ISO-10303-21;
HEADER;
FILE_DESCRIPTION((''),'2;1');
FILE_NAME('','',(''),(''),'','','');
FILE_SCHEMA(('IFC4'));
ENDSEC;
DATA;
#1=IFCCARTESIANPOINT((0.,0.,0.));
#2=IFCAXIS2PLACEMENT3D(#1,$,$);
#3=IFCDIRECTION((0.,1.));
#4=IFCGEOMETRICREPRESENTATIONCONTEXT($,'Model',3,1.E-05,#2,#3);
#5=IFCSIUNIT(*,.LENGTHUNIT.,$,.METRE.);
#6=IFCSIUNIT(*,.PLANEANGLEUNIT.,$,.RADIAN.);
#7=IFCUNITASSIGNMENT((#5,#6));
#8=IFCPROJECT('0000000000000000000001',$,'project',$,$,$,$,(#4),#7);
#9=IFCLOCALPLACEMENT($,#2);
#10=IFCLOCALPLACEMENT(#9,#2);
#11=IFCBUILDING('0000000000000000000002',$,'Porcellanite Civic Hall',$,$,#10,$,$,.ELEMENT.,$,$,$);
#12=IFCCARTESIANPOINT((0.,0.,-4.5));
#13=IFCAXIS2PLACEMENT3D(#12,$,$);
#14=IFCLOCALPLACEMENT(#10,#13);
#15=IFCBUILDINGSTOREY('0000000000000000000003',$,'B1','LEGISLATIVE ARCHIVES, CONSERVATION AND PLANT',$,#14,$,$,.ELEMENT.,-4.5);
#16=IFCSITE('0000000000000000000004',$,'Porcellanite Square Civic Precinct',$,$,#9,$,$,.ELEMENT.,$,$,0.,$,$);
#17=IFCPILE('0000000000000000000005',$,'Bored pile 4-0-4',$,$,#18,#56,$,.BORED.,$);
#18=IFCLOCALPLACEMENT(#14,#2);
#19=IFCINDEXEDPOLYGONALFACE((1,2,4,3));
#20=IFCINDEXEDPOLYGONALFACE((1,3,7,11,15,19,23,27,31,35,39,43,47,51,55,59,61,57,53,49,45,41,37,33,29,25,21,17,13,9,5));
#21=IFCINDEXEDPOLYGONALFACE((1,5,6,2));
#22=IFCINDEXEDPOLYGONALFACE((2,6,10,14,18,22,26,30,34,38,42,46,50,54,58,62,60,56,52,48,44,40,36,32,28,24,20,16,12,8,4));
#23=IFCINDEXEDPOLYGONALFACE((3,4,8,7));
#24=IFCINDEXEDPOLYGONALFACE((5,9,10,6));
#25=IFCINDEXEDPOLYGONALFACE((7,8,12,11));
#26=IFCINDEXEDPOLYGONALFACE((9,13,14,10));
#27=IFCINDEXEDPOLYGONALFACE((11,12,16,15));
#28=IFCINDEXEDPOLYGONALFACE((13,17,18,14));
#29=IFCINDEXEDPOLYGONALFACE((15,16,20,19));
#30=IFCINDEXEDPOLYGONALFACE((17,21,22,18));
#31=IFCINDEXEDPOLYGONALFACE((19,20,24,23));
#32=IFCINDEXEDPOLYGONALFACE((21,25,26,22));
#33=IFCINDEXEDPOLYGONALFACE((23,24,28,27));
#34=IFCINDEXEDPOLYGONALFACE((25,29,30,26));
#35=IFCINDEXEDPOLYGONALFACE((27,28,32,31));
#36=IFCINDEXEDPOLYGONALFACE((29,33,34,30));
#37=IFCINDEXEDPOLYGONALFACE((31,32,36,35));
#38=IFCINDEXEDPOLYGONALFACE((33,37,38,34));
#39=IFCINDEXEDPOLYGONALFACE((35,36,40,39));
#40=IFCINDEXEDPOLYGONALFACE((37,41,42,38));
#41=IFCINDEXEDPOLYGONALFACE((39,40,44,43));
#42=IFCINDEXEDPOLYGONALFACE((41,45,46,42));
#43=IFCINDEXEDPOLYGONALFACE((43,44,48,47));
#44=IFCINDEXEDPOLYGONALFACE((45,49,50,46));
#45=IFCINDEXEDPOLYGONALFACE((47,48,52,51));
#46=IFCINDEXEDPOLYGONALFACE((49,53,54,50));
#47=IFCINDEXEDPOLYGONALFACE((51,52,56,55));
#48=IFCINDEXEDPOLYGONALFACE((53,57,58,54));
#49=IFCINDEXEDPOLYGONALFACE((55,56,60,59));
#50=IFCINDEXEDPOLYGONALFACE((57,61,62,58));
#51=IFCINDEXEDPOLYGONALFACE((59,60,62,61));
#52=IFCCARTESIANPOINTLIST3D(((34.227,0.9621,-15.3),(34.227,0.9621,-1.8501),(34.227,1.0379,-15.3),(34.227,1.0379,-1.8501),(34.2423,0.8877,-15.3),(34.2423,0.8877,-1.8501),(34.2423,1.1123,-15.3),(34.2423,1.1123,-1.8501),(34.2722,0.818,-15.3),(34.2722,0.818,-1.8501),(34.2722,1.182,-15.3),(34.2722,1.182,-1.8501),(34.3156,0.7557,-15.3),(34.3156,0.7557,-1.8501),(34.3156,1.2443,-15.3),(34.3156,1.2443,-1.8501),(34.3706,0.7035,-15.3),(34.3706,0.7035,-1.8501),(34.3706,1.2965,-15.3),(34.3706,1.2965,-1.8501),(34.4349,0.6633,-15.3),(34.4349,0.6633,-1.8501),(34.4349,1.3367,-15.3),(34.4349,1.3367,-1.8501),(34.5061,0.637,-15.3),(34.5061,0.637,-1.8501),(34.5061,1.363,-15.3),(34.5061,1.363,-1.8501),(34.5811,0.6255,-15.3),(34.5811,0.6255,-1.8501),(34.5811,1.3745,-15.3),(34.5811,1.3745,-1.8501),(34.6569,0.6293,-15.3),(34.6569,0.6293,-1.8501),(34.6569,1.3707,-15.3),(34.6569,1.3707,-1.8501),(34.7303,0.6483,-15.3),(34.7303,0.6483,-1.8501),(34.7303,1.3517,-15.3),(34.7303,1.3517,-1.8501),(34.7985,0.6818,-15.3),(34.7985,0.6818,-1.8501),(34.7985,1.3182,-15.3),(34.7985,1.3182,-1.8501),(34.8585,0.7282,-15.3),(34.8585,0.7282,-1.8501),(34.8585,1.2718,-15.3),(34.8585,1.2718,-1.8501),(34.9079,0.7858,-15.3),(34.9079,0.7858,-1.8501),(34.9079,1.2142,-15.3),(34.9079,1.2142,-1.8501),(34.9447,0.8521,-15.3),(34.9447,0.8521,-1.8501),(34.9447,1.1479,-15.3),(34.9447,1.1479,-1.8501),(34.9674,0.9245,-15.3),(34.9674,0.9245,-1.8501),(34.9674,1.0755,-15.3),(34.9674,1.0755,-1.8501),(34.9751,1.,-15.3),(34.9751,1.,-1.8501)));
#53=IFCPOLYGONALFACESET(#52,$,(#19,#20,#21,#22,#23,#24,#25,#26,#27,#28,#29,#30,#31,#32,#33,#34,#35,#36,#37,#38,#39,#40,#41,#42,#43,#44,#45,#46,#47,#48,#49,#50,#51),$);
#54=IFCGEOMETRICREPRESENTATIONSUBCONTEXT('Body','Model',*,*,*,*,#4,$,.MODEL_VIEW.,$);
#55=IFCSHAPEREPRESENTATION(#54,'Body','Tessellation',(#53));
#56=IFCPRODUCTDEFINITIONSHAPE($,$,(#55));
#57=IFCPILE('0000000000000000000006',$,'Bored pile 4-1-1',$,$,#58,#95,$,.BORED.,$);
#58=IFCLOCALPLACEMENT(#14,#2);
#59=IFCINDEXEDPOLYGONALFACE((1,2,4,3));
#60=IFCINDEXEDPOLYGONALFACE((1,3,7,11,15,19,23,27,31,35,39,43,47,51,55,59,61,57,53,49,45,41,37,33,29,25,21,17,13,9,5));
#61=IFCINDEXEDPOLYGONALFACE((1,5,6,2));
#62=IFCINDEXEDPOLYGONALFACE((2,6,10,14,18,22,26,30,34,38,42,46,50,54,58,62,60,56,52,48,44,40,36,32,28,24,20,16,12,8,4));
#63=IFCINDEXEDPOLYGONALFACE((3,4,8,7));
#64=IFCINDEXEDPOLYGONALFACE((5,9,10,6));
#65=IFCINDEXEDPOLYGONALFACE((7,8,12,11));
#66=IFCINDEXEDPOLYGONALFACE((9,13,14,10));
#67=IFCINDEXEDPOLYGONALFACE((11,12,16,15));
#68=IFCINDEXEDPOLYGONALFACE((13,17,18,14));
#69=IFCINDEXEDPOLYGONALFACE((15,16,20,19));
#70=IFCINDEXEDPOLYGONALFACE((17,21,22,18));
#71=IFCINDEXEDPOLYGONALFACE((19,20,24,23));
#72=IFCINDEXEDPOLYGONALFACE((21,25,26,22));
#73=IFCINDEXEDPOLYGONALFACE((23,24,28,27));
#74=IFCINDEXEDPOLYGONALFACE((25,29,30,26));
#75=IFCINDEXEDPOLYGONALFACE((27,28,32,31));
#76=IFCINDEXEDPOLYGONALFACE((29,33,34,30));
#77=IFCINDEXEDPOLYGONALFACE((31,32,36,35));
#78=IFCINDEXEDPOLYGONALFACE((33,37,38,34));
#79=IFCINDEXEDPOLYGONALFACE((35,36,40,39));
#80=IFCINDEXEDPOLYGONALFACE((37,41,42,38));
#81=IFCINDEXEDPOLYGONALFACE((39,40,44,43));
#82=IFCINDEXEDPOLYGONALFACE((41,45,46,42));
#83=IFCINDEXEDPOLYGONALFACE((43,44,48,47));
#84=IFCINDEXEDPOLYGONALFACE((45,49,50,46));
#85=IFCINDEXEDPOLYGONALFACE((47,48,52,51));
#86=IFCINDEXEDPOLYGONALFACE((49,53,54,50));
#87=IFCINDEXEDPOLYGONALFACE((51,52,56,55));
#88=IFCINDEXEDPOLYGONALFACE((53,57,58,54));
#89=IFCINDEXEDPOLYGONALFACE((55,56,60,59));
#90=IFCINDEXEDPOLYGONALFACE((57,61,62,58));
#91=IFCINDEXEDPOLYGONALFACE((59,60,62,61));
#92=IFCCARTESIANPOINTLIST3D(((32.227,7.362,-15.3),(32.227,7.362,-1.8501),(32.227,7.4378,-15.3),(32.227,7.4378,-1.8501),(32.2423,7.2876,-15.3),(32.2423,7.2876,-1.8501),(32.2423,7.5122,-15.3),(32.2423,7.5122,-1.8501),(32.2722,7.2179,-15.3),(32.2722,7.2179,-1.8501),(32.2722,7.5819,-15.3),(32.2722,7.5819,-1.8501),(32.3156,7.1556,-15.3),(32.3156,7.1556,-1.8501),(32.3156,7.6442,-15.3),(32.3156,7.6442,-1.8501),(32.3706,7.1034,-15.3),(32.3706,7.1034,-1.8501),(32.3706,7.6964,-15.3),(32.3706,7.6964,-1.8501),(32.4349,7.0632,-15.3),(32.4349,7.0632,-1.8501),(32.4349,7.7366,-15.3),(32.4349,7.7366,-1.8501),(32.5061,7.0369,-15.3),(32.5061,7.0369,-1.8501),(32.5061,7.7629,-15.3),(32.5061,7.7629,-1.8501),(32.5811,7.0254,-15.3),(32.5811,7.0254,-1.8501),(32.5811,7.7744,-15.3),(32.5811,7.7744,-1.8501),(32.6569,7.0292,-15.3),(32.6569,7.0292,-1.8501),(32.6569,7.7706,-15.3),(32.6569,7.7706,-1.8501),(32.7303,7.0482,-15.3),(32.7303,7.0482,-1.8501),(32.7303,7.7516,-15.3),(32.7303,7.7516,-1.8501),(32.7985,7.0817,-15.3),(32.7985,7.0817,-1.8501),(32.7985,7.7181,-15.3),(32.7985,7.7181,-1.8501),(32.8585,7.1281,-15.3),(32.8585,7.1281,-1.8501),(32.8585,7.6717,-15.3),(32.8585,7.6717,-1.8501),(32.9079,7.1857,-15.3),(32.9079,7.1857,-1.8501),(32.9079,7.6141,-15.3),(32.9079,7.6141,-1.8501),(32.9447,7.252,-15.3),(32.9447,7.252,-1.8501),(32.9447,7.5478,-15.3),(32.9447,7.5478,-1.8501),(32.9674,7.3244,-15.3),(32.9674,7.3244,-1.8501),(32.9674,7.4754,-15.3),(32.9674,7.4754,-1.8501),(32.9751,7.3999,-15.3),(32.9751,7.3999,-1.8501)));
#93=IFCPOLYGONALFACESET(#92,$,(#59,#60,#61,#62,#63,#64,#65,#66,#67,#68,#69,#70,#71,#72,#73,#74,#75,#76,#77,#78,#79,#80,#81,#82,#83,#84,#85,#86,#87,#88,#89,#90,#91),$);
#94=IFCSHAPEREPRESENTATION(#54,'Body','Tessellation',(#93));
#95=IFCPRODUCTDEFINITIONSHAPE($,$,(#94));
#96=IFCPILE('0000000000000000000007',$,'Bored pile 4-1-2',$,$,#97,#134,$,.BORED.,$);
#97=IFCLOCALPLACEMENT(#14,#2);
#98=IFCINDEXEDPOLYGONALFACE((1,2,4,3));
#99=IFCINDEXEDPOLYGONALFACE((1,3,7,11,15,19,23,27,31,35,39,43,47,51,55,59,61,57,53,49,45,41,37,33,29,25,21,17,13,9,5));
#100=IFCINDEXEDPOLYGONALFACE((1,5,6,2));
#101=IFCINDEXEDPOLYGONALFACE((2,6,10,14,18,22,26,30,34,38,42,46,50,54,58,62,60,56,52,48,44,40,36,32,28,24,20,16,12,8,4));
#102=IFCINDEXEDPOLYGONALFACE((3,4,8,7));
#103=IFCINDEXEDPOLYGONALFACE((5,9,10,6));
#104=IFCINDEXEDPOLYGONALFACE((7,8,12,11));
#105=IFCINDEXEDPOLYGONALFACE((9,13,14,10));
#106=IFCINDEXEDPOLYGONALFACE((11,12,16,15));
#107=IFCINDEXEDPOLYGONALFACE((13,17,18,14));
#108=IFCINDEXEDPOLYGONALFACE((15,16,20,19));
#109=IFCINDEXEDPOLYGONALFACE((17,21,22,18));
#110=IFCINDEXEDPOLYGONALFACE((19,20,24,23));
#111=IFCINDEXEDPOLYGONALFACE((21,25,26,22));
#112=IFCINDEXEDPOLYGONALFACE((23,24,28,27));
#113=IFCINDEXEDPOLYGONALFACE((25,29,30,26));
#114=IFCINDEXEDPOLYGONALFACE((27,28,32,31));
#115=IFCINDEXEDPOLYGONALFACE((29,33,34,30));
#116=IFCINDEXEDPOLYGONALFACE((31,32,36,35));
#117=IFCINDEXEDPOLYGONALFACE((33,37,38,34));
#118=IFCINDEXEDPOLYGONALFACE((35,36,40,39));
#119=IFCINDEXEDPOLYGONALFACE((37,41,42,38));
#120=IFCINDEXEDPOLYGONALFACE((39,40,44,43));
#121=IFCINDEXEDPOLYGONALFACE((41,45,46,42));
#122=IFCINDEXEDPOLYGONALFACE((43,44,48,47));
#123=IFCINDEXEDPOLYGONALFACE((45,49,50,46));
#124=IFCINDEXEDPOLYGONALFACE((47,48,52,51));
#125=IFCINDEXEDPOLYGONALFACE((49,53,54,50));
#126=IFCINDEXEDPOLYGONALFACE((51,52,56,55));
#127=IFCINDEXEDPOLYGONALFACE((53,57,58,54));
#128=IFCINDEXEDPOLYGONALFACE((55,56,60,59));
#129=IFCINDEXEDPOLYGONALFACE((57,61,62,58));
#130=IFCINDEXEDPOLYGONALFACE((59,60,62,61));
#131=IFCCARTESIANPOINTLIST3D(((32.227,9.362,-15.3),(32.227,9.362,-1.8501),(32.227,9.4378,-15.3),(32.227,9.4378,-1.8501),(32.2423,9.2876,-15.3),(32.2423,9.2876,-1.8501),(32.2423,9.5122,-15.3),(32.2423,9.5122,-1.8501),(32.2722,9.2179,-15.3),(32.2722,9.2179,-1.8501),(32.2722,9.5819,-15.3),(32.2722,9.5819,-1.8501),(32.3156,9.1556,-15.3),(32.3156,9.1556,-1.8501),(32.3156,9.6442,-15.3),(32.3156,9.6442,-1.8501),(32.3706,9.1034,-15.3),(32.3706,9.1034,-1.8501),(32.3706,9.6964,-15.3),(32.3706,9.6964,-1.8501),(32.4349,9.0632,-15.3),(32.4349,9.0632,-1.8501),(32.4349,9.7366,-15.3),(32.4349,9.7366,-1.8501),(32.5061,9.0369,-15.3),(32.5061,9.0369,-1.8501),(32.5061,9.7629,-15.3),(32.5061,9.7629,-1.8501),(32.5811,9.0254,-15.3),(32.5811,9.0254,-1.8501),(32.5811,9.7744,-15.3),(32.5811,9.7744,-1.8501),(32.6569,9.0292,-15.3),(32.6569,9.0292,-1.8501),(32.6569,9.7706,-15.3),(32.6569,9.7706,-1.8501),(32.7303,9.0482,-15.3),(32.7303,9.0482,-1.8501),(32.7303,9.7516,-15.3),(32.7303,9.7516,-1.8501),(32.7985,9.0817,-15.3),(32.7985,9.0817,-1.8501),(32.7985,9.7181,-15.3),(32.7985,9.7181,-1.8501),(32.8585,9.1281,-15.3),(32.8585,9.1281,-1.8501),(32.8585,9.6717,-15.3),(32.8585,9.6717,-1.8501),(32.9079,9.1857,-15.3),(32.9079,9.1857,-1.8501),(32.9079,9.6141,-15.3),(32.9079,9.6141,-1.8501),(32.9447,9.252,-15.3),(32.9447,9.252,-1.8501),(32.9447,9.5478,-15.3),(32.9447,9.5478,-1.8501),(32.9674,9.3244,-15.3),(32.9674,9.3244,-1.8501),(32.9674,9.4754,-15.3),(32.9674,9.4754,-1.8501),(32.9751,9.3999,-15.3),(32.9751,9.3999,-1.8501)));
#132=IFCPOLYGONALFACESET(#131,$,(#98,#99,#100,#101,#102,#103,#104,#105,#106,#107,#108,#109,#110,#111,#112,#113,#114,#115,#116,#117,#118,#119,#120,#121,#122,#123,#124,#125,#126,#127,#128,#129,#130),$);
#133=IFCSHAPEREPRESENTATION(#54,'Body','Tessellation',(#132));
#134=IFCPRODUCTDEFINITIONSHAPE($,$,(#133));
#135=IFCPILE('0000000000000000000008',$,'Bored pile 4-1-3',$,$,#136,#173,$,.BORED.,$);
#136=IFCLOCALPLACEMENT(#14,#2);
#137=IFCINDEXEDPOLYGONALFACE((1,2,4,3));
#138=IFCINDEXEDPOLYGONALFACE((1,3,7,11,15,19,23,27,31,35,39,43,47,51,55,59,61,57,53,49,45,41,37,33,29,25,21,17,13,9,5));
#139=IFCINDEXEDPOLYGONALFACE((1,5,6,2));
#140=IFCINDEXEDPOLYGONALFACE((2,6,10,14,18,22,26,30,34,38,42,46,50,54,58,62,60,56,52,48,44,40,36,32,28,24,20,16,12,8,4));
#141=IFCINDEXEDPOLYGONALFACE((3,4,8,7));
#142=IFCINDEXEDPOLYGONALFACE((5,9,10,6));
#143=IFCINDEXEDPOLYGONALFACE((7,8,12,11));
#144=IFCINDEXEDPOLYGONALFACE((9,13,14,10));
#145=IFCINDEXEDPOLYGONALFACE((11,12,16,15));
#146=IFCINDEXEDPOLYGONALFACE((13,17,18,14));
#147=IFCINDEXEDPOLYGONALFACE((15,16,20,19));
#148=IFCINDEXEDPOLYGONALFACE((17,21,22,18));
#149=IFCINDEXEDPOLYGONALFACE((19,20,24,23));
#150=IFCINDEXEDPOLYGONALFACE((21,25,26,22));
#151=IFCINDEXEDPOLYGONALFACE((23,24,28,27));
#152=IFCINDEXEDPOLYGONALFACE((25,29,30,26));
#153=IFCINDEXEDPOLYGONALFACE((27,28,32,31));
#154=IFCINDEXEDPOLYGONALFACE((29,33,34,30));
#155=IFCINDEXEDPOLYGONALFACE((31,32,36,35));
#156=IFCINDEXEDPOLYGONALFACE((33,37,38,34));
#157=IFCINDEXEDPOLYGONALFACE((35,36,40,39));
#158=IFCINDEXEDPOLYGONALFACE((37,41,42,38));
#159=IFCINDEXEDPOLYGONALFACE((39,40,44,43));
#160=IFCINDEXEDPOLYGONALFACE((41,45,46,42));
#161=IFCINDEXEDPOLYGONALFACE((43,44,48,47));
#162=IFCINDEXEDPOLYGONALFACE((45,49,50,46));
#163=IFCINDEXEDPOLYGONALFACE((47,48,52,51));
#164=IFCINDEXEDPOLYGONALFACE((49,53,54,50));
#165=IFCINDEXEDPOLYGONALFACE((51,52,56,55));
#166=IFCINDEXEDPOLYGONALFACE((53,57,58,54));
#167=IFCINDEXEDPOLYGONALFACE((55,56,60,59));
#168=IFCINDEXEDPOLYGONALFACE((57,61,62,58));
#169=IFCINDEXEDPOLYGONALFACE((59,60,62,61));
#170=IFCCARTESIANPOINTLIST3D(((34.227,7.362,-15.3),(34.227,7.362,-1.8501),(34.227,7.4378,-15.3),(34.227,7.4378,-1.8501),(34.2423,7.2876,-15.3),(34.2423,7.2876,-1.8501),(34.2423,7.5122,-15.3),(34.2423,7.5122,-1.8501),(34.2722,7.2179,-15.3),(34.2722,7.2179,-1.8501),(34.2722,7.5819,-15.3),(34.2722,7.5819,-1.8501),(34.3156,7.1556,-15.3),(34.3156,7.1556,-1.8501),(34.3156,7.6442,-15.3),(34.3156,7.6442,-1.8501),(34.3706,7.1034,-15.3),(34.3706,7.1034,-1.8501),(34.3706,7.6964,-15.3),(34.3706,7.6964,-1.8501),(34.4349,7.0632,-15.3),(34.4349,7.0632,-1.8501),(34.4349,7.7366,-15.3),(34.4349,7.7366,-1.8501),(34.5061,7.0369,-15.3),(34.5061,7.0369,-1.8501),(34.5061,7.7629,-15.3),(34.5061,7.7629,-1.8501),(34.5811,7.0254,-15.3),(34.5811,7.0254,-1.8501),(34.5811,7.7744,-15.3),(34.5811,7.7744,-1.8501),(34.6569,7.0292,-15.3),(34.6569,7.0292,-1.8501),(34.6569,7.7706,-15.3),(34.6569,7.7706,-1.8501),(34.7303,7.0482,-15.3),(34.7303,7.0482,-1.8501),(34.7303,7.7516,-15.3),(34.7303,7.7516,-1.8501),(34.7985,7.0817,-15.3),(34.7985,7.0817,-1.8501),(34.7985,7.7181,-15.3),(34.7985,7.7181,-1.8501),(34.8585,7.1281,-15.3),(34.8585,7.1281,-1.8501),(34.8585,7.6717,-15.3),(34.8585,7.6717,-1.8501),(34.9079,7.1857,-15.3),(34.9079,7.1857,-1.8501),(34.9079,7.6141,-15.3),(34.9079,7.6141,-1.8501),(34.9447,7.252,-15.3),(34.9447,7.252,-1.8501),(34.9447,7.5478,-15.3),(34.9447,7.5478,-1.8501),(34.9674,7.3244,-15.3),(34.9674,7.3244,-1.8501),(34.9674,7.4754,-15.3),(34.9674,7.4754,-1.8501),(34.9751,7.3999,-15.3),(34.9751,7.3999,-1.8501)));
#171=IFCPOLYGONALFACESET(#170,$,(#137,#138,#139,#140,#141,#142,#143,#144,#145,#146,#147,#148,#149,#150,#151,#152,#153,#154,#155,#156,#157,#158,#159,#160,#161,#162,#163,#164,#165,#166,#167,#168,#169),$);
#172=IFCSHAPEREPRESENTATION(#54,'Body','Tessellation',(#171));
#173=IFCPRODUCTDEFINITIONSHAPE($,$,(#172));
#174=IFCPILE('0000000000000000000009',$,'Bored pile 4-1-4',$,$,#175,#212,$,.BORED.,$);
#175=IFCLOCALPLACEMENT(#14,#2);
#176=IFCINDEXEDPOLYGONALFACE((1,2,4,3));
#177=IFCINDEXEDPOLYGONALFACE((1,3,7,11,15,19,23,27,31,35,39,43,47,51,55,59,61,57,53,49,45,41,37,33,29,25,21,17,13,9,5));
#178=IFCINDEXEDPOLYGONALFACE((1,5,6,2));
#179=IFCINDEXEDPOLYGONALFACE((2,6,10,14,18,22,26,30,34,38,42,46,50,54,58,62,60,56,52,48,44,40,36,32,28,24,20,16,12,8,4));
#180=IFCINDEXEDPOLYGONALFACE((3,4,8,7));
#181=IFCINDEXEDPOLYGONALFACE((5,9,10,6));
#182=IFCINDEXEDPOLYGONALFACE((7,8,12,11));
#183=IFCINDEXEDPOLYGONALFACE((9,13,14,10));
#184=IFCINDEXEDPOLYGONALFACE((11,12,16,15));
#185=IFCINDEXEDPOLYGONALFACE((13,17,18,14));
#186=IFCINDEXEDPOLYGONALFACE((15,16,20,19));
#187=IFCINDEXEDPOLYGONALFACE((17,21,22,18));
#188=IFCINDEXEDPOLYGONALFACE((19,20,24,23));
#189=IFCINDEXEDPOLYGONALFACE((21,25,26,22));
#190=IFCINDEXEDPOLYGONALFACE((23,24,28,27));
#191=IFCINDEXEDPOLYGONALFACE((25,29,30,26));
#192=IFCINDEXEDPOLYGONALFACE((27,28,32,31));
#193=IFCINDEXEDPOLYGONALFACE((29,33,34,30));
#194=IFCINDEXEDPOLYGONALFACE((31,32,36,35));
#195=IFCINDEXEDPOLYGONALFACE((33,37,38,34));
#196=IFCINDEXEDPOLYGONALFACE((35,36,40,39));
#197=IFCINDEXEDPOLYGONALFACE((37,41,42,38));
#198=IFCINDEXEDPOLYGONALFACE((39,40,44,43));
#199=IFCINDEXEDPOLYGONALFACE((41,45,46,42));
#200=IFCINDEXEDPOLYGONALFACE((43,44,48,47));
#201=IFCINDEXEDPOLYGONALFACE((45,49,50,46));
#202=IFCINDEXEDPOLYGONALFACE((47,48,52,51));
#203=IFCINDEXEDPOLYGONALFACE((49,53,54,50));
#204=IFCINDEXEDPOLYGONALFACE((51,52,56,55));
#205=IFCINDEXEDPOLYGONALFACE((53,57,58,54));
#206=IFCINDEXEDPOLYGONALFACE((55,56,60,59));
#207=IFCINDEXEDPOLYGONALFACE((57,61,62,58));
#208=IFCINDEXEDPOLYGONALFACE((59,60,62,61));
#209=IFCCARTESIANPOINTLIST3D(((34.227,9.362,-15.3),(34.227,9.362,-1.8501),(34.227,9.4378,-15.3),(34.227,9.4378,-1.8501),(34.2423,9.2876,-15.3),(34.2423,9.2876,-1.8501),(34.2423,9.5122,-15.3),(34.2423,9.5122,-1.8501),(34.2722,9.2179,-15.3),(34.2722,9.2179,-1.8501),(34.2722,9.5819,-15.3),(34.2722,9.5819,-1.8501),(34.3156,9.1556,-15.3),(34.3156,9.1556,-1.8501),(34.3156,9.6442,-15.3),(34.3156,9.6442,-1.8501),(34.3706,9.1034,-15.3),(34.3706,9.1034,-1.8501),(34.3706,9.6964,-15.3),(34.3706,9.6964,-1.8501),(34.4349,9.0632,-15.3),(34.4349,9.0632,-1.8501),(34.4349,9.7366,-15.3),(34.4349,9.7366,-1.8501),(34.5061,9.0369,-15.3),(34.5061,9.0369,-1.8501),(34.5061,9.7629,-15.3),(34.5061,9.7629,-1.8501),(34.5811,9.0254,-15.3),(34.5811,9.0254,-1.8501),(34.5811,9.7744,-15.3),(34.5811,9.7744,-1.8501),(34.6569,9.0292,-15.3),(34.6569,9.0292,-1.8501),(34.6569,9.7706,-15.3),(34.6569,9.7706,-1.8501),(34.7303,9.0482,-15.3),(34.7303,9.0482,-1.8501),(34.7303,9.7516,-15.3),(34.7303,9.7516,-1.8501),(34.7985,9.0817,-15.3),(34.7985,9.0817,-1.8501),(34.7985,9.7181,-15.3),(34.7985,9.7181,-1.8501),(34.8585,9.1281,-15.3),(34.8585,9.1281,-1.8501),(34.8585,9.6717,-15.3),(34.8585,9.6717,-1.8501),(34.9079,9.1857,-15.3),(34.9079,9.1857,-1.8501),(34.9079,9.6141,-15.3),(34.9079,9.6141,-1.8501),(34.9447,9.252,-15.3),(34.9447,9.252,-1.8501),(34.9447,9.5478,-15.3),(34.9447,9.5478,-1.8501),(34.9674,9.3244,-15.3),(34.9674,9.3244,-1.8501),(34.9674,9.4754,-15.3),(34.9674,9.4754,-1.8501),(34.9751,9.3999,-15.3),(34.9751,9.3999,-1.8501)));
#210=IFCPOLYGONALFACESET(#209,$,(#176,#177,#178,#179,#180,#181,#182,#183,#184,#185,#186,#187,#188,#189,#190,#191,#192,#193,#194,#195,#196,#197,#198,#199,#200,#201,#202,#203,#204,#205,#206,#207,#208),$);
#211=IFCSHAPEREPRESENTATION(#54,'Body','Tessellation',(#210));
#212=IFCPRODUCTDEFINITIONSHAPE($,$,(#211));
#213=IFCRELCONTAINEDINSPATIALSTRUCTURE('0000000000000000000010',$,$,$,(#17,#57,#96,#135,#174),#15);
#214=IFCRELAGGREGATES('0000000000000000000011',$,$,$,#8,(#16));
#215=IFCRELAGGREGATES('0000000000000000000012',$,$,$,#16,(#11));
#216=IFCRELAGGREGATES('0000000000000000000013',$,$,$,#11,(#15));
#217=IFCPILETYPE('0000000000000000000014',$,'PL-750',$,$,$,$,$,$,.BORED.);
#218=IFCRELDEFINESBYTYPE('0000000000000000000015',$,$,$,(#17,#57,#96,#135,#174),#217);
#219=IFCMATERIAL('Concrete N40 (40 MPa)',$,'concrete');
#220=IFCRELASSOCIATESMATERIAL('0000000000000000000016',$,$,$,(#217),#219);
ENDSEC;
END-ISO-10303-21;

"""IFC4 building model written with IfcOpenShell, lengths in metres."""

from ifc_helpers import new_model, si_unit, direction, frame, origin, origin_2d, place, context, subcontext, project, spatial, circle, extrude, material, material_profile, profile_set, type_object, element, save


model = new_model("IFC4")

# Units and contexts
model_context = context("Model", 3, precision=1e-05, world=origin(), true_north=direction((0.0, 1.0)))
body_context = subcontext(model_context, "Body", "Model", "MODEL_VIEW")
ifc_project = project(units=[si_unit("LENGTHUNIT", "METRE"), si_unit("PLANEANGLEUNIT", "RADIAN")], contexts=[model_context])

# Site, building, storey
site_placement = place(None, origin())
site = spatial("IfcSite", under=ifc_project, at=site_placement, Name="Porcellanite Square Civic Precinct", CompositionType="ELEMENT", RefElevation=0.0)
building_placement = place(site_placement, origin())
building = spatial("IfcBuilding", under=site, at=building_placement, Name="Porcellanite Civic Hall", CompositionType="ELEMENT")
storey_placement = place(building_placement, frame((0.0, 0.0, -4.5)))
storey = spatial("IfcBuildingStorey", under=building, at=storey_placement, Name="B1", Description="LEGISLATIVE ARCHIVES, CONSERVATION AND PLANT", CompositionType="ELEMENT", Elevation=-4.5)

# Piles
ifc_material_1 = material(Name="Concrete N40 (40 MPa)", Category="concrete")
ifc_material_profile_1 = material_profile(ifc_material_1, circle(Radius=0.375, at=origin_2d()), Name="PILE-D750")
ifc_profile_set_1 = profile_set([ifc_material_profile_1], Name="Concrete N40 (40 MPa)")
pile_type_1 = type_object("IfcPileType", Name="PL-750", PredefinedType="BORED", material=ifc_profile_set_1)
for number, where, z_axis, x_axis, name in (
    (1, (34.6001, 1.0, -1.8501), (0.0, 0.0, -1.0), (1.0, 0.0, 0.0), "Bored pile 4-0-4"),
    (2, (32.6001, 7.3999, -1.8501), (0.0, 0.0, -1.0), (1.0, 0.0, 0.0), "Bored pile 4-1-1"),
    (3, (32.6001, 9.3999, -1.8501), (0.0, 0.0, -1.0), (1.0, 0.0, 0.0), "Bored pile 4-1-2"),
    (4, (34.6001, 7.3999, -1.8501), (0.0, 0.0, -1.0), (1.0, 0.0, 0.0), "Bored pile 4-1-3"),
    (5, (34.6001, 9.3999, -1.8501), (0.0, 0.0, -1.0), (1.0, 0.0, 0.0), "Bored pile 4-1-4"),
):
    element("IfcPile", number, at=place(storey_placement, frame(where, z_axis=z_axis, x_axis=x_axis)), inside=storey, type_object=pile_type_1, Name=name, PredefinedType="BORED", context=body_context, shape_type="SweptSolid", body=[
        extrude(circle(Radius=0.375, at=origin_2d()), origin(), (0.0, 0.0, 1.0), 13.45),
    ])

save(model, "model.ifc")
